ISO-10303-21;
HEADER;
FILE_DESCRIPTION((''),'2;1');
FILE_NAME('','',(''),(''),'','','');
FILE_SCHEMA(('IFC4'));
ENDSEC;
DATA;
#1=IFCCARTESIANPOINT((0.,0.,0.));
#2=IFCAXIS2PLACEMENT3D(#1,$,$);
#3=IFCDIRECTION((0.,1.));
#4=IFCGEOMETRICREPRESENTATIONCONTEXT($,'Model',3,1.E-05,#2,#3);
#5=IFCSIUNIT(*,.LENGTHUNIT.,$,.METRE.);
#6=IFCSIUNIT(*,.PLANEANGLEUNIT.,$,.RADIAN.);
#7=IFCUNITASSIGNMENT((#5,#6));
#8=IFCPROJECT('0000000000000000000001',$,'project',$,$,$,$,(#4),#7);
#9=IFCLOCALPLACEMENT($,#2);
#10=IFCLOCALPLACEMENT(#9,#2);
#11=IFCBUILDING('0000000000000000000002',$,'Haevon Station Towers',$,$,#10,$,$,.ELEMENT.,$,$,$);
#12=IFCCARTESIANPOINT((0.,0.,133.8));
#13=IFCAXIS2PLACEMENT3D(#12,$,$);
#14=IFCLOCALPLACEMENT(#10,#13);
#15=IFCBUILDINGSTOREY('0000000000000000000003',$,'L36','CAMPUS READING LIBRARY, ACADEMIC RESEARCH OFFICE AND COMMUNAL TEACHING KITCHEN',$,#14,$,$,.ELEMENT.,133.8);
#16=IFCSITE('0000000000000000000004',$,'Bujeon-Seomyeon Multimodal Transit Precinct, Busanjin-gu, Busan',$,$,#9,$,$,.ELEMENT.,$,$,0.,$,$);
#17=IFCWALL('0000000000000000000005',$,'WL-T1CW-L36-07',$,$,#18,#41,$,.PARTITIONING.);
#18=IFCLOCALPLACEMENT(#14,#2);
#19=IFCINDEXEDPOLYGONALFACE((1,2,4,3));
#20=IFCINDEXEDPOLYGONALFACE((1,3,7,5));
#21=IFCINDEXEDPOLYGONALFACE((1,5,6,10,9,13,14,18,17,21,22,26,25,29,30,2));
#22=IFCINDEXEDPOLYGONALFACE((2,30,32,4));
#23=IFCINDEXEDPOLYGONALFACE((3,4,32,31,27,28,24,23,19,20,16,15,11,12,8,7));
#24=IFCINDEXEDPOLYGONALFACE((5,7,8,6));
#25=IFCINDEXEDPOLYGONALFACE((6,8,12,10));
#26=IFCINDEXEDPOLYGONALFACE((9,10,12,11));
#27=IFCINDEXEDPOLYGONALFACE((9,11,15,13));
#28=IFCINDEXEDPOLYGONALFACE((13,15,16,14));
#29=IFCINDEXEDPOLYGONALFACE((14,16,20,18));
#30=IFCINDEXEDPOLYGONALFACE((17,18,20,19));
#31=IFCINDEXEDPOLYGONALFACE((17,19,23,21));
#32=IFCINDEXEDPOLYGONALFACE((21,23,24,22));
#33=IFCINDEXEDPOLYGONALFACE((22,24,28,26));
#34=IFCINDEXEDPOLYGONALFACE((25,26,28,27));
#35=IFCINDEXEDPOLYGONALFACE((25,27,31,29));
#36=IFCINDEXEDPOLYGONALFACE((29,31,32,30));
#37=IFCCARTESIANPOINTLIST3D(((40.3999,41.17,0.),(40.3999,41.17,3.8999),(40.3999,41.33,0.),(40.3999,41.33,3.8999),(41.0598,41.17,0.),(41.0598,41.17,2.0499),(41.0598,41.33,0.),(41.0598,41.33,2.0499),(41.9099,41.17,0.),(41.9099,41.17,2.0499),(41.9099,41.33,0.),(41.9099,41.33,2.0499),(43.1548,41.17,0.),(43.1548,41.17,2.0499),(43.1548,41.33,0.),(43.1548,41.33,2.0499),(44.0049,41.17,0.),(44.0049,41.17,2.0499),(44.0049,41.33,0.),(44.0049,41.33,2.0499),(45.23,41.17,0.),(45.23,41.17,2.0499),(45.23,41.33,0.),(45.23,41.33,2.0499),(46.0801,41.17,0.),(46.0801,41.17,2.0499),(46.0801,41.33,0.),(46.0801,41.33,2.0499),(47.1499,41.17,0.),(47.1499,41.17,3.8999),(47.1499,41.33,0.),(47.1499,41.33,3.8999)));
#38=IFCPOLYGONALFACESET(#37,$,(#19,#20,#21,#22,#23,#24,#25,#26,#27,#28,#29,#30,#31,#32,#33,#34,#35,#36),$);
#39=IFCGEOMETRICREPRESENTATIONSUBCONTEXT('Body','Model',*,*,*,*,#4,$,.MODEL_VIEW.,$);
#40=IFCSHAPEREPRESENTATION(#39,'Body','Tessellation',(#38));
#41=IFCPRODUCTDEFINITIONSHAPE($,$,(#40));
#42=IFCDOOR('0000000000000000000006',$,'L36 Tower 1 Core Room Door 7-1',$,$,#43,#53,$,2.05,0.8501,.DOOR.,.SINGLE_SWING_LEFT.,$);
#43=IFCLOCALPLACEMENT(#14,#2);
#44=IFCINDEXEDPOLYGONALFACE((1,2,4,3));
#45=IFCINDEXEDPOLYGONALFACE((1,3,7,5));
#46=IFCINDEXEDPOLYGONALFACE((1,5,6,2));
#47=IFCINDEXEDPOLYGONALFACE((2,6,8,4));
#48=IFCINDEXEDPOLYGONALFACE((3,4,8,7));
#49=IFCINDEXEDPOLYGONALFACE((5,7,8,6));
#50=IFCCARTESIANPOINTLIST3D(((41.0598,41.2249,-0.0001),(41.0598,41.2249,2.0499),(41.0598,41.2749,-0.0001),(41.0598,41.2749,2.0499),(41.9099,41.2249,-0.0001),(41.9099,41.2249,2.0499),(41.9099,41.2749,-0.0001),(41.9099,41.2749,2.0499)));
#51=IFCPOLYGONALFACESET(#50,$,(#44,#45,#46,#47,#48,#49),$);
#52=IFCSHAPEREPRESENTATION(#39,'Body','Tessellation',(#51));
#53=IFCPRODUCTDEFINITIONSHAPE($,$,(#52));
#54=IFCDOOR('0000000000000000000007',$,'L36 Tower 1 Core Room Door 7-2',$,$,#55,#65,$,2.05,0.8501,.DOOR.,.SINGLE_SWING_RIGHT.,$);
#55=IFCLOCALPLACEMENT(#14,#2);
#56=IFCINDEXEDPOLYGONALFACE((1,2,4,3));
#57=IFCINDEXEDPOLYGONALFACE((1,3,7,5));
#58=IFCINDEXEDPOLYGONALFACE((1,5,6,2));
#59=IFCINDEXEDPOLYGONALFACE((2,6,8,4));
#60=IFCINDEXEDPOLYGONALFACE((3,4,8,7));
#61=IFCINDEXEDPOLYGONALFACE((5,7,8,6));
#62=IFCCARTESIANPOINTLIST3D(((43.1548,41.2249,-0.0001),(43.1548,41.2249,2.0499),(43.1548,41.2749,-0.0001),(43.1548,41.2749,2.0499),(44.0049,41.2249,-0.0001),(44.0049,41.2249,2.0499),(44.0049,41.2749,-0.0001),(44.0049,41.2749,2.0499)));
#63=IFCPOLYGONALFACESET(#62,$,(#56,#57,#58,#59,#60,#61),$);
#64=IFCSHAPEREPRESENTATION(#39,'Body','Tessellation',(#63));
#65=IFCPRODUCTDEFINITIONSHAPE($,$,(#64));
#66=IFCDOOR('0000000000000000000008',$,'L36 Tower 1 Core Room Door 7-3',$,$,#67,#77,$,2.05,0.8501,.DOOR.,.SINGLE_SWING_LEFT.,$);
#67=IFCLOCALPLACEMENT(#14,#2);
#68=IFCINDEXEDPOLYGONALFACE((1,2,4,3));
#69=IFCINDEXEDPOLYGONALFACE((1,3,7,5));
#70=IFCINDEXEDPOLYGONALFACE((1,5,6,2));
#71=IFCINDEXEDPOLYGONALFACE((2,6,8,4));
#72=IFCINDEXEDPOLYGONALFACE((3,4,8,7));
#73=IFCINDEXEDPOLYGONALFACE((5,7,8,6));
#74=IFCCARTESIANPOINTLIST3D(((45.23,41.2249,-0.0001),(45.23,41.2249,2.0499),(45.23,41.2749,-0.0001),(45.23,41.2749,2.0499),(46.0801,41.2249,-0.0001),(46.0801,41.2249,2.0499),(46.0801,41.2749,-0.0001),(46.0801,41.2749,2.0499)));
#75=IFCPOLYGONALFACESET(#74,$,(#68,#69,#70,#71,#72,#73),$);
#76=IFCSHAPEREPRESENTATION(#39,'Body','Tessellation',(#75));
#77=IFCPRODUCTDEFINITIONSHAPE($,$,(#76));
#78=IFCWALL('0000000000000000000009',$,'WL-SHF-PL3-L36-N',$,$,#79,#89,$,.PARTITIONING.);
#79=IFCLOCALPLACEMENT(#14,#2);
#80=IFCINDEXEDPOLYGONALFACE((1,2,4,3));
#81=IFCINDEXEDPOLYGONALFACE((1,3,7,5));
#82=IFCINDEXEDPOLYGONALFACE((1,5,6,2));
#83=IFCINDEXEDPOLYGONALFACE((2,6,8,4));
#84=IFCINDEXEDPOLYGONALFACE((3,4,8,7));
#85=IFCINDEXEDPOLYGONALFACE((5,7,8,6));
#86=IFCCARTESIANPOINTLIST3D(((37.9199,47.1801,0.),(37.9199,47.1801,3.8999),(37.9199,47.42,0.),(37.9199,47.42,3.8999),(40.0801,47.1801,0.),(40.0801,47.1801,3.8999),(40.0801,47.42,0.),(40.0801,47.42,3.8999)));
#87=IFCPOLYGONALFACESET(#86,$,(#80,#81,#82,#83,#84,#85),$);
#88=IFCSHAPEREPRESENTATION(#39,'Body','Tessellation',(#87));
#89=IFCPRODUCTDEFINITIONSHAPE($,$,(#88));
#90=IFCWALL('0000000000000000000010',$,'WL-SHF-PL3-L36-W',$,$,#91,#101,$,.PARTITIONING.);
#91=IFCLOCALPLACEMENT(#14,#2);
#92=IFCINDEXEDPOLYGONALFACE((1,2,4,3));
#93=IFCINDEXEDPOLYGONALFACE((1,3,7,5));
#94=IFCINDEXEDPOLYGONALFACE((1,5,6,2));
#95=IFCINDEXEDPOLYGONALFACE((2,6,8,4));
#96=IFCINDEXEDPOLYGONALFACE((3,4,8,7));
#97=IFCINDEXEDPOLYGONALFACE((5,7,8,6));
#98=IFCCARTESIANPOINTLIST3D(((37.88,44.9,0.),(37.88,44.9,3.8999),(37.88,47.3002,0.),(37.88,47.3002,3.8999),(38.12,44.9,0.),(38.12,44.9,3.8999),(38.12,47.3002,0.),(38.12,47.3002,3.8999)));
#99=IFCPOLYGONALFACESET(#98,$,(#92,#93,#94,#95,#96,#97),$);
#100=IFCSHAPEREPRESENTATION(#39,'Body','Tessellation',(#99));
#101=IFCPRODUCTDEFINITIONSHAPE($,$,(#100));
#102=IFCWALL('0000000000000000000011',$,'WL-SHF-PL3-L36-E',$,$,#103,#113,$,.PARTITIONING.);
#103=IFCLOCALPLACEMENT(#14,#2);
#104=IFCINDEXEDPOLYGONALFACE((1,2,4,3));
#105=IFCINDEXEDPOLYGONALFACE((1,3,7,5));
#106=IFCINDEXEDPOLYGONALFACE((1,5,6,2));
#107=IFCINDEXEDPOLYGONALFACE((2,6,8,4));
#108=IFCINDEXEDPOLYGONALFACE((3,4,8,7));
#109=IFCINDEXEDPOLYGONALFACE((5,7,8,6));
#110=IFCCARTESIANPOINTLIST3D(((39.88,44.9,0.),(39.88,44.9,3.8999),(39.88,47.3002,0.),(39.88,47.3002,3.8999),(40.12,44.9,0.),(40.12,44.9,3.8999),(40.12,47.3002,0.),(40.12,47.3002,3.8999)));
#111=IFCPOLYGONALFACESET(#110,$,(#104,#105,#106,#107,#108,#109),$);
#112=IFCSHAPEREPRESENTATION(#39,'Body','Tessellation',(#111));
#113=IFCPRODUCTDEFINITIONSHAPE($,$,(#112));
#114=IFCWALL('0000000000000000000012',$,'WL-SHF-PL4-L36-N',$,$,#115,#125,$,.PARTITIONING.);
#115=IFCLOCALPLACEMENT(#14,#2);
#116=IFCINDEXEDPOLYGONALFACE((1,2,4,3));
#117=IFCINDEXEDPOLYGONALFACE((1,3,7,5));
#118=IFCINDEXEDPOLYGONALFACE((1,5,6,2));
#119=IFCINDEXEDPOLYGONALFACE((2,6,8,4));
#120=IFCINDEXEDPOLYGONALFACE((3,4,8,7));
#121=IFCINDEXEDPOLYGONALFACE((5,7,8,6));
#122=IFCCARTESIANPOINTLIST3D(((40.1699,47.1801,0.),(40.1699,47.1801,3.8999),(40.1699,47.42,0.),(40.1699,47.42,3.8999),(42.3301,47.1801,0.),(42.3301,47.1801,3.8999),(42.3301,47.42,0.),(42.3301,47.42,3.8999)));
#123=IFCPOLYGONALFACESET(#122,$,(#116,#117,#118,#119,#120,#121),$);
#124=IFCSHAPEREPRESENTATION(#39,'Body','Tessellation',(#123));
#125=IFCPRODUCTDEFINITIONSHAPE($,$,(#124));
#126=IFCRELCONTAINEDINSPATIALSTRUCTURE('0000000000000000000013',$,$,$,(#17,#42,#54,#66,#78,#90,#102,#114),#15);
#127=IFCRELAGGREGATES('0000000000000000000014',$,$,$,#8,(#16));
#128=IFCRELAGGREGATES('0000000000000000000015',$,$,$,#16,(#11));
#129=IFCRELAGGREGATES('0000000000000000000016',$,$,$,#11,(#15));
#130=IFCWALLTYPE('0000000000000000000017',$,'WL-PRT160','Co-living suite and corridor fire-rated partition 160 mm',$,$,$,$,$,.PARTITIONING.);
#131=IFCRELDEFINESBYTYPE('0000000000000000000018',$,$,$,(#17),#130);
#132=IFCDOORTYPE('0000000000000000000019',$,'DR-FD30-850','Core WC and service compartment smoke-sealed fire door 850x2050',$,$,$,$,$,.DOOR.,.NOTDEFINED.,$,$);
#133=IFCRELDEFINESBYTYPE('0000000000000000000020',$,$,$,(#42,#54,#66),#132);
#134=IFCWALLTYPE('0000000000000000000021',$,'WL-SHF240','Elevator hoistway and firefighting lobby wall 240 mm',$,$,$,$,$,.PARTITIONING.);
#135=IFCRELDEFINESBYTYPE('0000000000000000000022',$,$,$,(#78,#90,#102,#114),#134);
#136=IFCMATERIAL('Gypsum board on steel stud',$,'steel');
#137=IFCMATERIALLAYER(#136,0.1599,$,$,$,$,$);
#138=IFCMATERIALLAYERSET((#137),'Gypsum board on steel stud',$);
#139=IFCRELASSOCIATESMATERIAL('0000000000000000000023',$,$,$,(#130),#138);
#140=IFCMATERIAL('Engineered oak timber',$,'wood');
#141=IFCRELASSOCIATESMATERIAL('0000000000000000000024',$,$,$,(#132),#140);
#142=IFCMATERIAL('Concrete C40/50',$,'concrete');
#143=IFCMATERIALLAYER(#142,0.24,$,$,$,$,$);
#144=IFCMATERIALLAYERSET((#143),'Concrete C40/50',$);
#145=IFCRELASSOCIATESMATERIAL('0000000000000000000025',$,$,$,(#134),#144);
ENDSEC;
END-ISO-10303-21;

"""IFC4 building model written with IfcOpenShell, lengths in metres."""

from ifc_helpers import new_model, si_unit, direction, frame, frame_2d, origin, place, context, subcontext, project, spatial, rectangle, extrude, material, layer, layer_set, type_object, element, fill, save


model = new_model("IFC4")

# Units and contexts
model_context = context("Model", 3, precision=1e-05, world=origin(), true_north=direction((0.0, 1.0)))
body_context = subcontext(model_context, "Body", "Model", "MODEL_VIEW")
ifc_project = project(units=[si_unit("LENGTHUNIT", "METRE"), si_unit("PLANEANGLEUNIT", "RADIAN")], contexts=[model_context])

# Site, building, storey
site_placement = place(None, origin())
site = spatial("IfcSite", under=ifc_project, at=site_placement, Name="Bujeon-Seomyeon Multimodal Transit Precinct, Busanjin-gu, Busan", CompositionType="ELEMENT", RefElevation=0.0)
building_placement = place(site_placement, origin())
building = spatial("IfcBuilding", under=site, at=building_placement, Name="Haevon Station Towers", CompositionType="ELEMENT")
storey_placement = place(building_placement, frame((0.0, 0.0, 133.8)))
storey = spatial("IfcBuildingStorey", under=building, at=storey_placement, Name="L36", Description="CAMPUS READING LIBRARY, ACADEMIC RESEARCH OFFICE AND COMMUNAL TEACHING KITCHEN", CompositionType="ELEMENT", Elevation=133.8)

# Shared definitions
ifc_material_1 = material(Name="Gypsum board on steel stud", Category="steel")
ifc_layer_1 = layer(ifc_material_1, 0.1599)
ifc_layer_set_1 = layer_set([ifc_layer_1], Name="Gypsum board on steel stud")
wall_type_1 = type_object("IfcWallType", Name="WL-PRT160", Description="Co-living suite and corridor fire-rated partition 160 mm", PredefinedType="PARTITIONING", material=ifc_layer_set_1)

# Wall, openings, doors
wall_1_placement = place(storey_placement, frame((40.3999, 41.25, 0.0), z_axis=(0.0, 0.0, 1.0), x_axis=(1.0, 0.0, 0.0)))
wall_1 = element("IfcWall", 1, at=wall_1_placement, inside=storey, type_object=wall_type_1, Name="WL-T1CW-L36-07", PredefinedType="PARTITIONING", context=body_context, shape_type="SweptSolid", body=[
    extrude(rectangle(XDim=6.75, YDim=0.1599, at=frame_2d((3.375, 0.0))), origin(), (0.0, 0.0, 1.0), 3.8999),
])
opening_1_placement = place(wall_1_placement, frame((0.6599, 0.0, 0.0)))
opening_1 = element("IfcOpeningElement", 2, at=opening_1_placement, cuts=wall_1, PredefinedType="OPENING", context=body_context, shape_type="SweptSolid", body=[
    extrude(rectangle(XDim=0.8501, YDim=2.05, at=frame_2d((0.425, 1.0249))), frame((0.0, 0.0898, 0.0), z_axis=(0.0, -1.0, 0.0), x_axis=(1.0, 0.0, 0.0)), (0.0, 0.0, 1.0), 0.1799),
])
opening_2_placement = place(wall_1_placement, frame((2.7549, 0.0, 0.0)))
opening_2 = element("IfcOpeningElement", 3, at=opening_2_placement, cuts=wall_1, PredefinedType="OPENING", context=body_context, shape_type="SweptSolid", body=[
    extrude(rectangle(XDim=0.8501, YDim=2.05, at=frame_2d((0.425, 1.0249))), frame((0.0, 0.0898, 0.0), z_axis=(0.0, -1.0, 0.0), x_axis=(1.0, 0.0, 0.0)), (0.0, 0.0, 1.0), 0.1799),
])
opening_3_placement = place(wall_1_placement, frame((4.8301, 0.0, 0.0)))
opening_3 = element("IfcOpeningElement", 4, at=opening_3_placement, cuts=wall_1, PredefinedType="OPENING", context=body_context, shape_type="SweptSolid", body=[
    extrude(rectangle(XDim=0.8501, YDim=2.05, at=frame_2d((0.425, 1.0249))), frame((0.0, 0.0898, 0.0), z_axis=(0.0, -1.0, 0.0), x_axis=(1.0, 0.0, 0.0)), (0.0, 0.0, 1.0), 0.1799),
])
ifc_material_2 = material(Name="Engineered oak timber", Category="wood")
door_type_1 = type_object("IfcDoorType", Name="DR-FD30-850", Description="Core WC and service compartment smoke-sealed fire door 850x2050", OperationType="NOTDEFINED", PredefinedType="DOOR", material=ifc_material_2)
door_1_placement = place(opening_1_placement, origin())
door_1 = element("IfcDoor", 5, at=door_1_placement, inside=storey, type_object=door_type_1, Name="L36 Tower 1 Core Room Door 7-1", OperationType="SINGLE_SWING_LEFT", OverallHeight=2.05, OverallWidth=0.8501, PredefinedType="DOOR", context=body_context, shape_type="SweptSolid", body=[
    extrude(rectangle(XDim=0.8501, YDim=2.05, at=frame_2d((0.425, 1.0249))), frame((0.0, 0.0249, 0.0), z_axis=(0.0, -1.0, 0.0), x_axis=(1.0, 0.0, 0.0)), (0.0, 0.0, 1.0), 0.05),
])
fill(opening_1, door_1)
door_2_placement = place(opening_2_placement, origin())
door_2 = element("IfcDoor", 6, at=door_2_placement, inside=storey, type_object=door_type_1, Name="L36 Tower 1 Core Room Door 7-2", OperationType="SINGLE_SWING_RIGHT", OverallHeight=2.05, OverallWidth=0.8501, PredefinedType="DOOR", context=body_context, shape_type="SweptSolid", body=[
    extrude(rectangle(XDim=0.8501, YDim=2.05, at=frame_2d((0.425, 1.0249))), frame((0.0, 0.0249, 0.0), z_axis=(0.0, -1.0, 0.0), x_axis=(1.0, 0.0, 0.0)), (0.0, 0.0, 1.0), 0.05),
])
fill(opening_2, door_2)
door_3_placement = place(opening_3_placement, origin())
door_3 = element("IfcDoor", 7, at=door_3_placement, inside=storey, type_object=door_type_1, Name="L36 Tower 1 Core Room Door 7-3", OperationType="SINGLE_SWING_LEFT", OverallHeight=2.05, OverallWidth=0.8501, PredefinedType="DOOR", context=body_context, shape_type="SweptSolid", body=[
    extrude(rectangle(XDim=0.8501, YDim=2.05, at=frame_2d((0.425, 1.0249))), frame((0.0, 0.0249, 0.0), z_axis=(0.0, -1.0, 0.0), x_axis=(1.0, 0.0, 0.0)), (0.0, 0.0, 1.0), 0.05),
])
fill(opening_3, door_3)

# Shared definitions
ifc_material_3 = material(Name="Concrete C40/50", Category="concrete")
ifc_layer_2 = layer(ifc_material_3, 0.24)
ifc_layer_set_2 = layer_set([ifc_layer_2], Name="Concrete C40/50")
wall_type_2 = type_object("IfcWallType", Name="WL-SHF240", Description="Elevator hoistway and firefighting lobby wall 240 mm", PredefinedType="PARTITIONING", material=ifc_layer_set_2)

# Walls
wall_2_placement = place(storey_placement, frame((37.9199, 47.3, 0.0), z_axis=(0.0, 0.0, 1.0), x_axis=(1.0, 0.0, 0.0)))
element("IfcWall", 8, at=wall_2_placement, inside=storey, type_object=wall_type_2, Name="WL-SHF-PL3-L36-N", PredefinedType="PARTITIONING", context=body_context, shape_type="SweptSolid", body=[
    extrude(rectangle(XDim=2.1602, YDim=0.24, at=frame_2d((1.0801, 0.0))), origin(), (0.0, 0.0, 1.0), 3.8999),
])
for number, where, z_axis, x_axis, name in (
    (9, (38.0, 44.8999, 0.0), (0.0, 0.0, 1.0), (0.0, 1.0, 0.0), "WL-SHF-PL3-L36-W"),
    (10, (40.0, 44.8999, 0.0), (0.0, 0.0, 1.0), (0.0, 1.0, 0.0), "WL-SHF-PL3-L36-E"),
):
    element("IfcWall", number, at=place(storey_placement, frame(where, z_axis=z_axis, x_axis=x_axis)), inside=storey, type_object=wall_type_2, Name=name, PredefinedType="PARTITIONING", context=body_context, shape_type="SweptSolid", body=[
        extrude(rectangle(XDim=2.4001, YDim=0.24, at=frame_2d((1.2002, 0.0))), origin(), (0.0, 0.0, 1.0), 3.8999),
    ])

# Wall
wall_3_placement = place(storey_placement, frame((40.1699, 47.3, 0.0), z_axis=(0.0, 0.0, 1.0), x_axis=(1.0, 0.0, 0.0)))
element("IfcWall", 11, at=wall_3_placement, inside=storey, type_object=wall_type_2, Name="WL-SHF-PL4-L36-N", PredefinedType="PARTITIONING", context=body_context, shape_type="SweptSolid", body=[
    extrude(rectangle(XDim=2.1602, YDim=0.24, at=frame_2d((1.0801, 0.0))), origin(), (0.0, 0.0, 1.0), 3.8999),
])

save(model, "model.ifc")
